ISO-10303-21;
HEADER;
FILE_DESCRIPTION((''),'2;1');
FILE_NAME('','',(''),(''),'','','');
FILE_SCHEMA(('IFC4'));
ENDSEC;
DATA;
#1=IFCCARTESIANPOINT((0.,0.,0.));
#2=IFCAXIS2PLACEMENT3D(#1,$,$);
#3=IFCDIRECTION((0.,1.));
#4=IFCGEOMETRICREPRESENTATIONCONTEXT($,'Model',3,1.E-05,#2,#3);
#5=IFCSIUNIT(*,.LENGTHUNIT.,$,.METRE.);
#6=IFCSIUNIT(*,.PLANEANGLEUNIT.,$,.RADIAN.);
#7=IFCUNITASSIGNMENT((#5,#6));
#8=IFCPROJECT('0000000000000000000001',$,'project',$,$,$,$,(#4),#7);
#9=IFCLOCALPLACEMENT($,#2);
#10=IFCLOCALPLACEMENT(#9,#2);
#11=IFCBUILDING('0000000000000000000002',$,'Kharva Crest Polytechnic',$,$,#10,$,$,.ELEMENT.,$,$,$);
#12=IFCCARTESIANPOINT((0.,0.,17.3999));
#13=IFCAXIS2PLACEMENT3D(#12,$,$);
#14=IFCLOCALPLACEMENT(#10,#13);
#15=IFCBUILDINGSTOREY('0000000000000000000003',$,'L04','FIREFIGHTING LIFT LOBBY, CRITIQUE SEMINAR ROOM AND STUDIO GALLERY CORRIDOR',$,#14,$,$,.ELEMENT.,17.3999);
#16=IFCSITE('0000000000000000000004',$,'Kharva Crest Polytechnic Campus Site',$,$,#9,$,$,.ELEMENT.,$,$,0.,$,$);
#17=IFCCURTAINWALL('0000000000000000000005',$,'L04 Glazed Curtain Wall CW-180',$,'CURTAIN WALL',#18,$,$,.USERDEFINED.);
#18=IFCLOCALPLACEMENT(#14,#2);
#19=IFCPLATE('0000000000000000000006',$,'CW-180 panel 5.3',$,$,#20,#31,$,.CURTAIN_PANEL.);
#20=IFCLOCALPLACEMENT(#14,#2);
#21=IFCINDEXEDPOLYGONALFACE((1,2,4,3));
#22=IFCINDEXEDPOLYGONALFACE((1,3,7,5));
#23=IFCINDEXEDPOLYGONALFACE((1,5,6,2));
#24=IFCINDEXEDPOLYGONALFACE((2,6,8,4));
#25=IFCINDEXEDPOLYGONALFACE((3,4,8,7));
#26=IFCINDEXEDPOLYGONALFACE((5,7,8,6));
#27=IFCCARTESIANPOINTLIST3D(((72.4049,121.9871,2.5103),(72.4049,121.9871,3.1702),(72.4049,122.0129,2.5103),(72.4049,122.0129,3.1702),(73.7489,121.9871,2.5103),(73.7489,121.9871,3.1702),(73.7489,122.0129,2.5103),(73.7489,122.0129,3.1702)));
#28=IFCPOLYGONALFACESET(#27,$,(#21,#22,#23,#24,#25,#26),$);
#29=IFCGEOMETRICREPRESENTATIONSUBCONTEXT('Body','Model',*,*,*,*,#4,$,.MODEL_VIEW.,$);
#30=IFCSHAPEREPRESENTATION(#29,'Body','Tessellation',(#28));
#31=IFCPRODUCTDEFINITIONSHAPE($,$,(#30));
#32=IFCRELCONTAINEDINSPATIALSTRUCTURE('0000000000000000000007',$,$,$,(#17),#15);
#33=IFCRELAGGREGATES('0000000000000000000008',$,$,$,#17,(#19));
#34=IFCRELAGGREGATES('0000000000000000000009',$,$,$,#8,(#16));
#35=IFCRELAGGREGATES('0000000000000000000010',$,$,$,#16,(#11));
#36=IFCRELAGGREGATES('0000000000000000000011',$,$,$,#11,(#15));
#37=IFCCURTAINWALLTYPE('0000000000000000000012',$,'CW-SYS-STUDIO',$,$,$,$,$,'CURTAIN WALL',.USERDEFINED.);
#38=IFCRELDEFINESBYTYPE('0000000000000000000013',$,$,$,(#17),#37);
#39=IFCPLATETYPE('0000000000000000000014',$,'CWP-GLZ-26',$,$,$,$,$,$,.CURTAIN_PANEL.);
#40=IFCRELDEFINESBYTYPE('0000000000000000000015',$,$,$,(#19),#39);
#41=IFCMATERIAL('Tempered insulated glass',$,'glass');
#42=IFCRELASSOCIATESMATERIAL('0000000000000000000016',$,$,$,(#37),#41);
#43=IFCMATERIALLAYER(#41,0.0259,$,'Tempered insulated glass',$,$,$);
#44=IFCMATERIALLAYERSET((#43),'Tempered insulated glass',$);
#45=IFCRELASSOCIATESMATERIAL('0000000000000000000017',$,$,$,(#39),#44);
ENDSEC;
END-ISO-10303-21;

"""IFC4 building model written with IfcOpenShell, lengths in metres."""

from ifc_helpers import new_model, si_unit, direction, frame, origin, origin_2d, place, context, subcontext, project, spatial, rectangle, extrude, material, layer, layer_set, type_object, element, aggregate, save


model = new_model("IFC4")

# Units and contexts
model_context = context("Model", 3, precision=1e-05, world=origin(), true_north=direction((0.0, 1.0)))
body_context = subcontext(model_context, "Body", "Model", "MODEL_VIEW")
ifc_project = project(units=[si_unit("LENGTHUNIT", "METRE"), si_unit("PLANEANGLEUNIT", "RADIAN")], contexts=[model_context])

# Site, building, storey
site_placement = place(None, origin())
site = spatial("IfcSite", under=ifc_project, at=site_placement, Name="Kharva Crest Polytechnic Campus Site", CompositionType="ELEMENT", RefElevation=0.0)
building_placement = place(site_placement, origin())
building = spatial("IfcBuilding", under=site, at=building_placement, Name="Kharva Crest Polytechnic", CompositionType="ELEMENT")
storey_placement = place(building_placement, frame((0.0, 0.0, 17.3999)))
storey = spatial("IfcBuildingStorey", under=building, at=storey_placement, Name="L04", Description="FIREFIGHTING LIFT LOBBY, CRITIQUE SEMINAR ROOM AND STUDIO GALLERY CORRIDOR", CompositionType="ELEMENT", Elevation=17.3999)

# Curtain wall, plate
ifc_material_1 = material(Name="Tempered insulated glass", Category="glass")
curtain_wall_type = type_object("IfcCurtainWallType", Name="CW-SYS-STUDIO", ElementType="CURTAIN WALL", PredefinedType="USERDEFINED", material=ifc_material_1)
curtain_wall_placement = place(storey_placement, origin())
curtain_wall = element("IfcCurtainWall", 1, at=curtain_wall_placement, inside=storey, type_object=curtain_wall_type, Name="L04 Glazed Curtain Wall CW-180", ObjectType="CURTAIN WALL", PredefinedType="USERDEFINED")
ifc_layer = layer(ifc_material_1, 0.0259, Name="Tempered insulated glass")
ifc_layer_set = layer_set([ifc_layer], Name="Tempered insulated glass")
plate_type = type_object("IfcPlateType", Name="CWP-GLZ-26", PredefinedType="CURTAIN_PANEL", material=ifc_layer_set)
plate_1_placement = place(storey_placement, frame((73.0769, 122.0, 2.5103), z_axis=(0.0, 0.0, 1.0), x_axis=(-1.0, 0.0, 0.0)))
plate_1 = element("IfcPlate", 2, at=plate_1_placement, type_object=plate_type, Name="CW-180 panel 5.3", PredefinedType="CURTAIN_PANEL", context=body_context, shape_type="SweptSolid", body=[
    extrude(rectangle(XDim=1.344, YDim=0.0259, at=origin_2d()), origin(), (0.0, 0.0, 1.0), 0.6599),
])
aggregate(curtain_wall, [plate_1])

save(model, "model.ifc")
